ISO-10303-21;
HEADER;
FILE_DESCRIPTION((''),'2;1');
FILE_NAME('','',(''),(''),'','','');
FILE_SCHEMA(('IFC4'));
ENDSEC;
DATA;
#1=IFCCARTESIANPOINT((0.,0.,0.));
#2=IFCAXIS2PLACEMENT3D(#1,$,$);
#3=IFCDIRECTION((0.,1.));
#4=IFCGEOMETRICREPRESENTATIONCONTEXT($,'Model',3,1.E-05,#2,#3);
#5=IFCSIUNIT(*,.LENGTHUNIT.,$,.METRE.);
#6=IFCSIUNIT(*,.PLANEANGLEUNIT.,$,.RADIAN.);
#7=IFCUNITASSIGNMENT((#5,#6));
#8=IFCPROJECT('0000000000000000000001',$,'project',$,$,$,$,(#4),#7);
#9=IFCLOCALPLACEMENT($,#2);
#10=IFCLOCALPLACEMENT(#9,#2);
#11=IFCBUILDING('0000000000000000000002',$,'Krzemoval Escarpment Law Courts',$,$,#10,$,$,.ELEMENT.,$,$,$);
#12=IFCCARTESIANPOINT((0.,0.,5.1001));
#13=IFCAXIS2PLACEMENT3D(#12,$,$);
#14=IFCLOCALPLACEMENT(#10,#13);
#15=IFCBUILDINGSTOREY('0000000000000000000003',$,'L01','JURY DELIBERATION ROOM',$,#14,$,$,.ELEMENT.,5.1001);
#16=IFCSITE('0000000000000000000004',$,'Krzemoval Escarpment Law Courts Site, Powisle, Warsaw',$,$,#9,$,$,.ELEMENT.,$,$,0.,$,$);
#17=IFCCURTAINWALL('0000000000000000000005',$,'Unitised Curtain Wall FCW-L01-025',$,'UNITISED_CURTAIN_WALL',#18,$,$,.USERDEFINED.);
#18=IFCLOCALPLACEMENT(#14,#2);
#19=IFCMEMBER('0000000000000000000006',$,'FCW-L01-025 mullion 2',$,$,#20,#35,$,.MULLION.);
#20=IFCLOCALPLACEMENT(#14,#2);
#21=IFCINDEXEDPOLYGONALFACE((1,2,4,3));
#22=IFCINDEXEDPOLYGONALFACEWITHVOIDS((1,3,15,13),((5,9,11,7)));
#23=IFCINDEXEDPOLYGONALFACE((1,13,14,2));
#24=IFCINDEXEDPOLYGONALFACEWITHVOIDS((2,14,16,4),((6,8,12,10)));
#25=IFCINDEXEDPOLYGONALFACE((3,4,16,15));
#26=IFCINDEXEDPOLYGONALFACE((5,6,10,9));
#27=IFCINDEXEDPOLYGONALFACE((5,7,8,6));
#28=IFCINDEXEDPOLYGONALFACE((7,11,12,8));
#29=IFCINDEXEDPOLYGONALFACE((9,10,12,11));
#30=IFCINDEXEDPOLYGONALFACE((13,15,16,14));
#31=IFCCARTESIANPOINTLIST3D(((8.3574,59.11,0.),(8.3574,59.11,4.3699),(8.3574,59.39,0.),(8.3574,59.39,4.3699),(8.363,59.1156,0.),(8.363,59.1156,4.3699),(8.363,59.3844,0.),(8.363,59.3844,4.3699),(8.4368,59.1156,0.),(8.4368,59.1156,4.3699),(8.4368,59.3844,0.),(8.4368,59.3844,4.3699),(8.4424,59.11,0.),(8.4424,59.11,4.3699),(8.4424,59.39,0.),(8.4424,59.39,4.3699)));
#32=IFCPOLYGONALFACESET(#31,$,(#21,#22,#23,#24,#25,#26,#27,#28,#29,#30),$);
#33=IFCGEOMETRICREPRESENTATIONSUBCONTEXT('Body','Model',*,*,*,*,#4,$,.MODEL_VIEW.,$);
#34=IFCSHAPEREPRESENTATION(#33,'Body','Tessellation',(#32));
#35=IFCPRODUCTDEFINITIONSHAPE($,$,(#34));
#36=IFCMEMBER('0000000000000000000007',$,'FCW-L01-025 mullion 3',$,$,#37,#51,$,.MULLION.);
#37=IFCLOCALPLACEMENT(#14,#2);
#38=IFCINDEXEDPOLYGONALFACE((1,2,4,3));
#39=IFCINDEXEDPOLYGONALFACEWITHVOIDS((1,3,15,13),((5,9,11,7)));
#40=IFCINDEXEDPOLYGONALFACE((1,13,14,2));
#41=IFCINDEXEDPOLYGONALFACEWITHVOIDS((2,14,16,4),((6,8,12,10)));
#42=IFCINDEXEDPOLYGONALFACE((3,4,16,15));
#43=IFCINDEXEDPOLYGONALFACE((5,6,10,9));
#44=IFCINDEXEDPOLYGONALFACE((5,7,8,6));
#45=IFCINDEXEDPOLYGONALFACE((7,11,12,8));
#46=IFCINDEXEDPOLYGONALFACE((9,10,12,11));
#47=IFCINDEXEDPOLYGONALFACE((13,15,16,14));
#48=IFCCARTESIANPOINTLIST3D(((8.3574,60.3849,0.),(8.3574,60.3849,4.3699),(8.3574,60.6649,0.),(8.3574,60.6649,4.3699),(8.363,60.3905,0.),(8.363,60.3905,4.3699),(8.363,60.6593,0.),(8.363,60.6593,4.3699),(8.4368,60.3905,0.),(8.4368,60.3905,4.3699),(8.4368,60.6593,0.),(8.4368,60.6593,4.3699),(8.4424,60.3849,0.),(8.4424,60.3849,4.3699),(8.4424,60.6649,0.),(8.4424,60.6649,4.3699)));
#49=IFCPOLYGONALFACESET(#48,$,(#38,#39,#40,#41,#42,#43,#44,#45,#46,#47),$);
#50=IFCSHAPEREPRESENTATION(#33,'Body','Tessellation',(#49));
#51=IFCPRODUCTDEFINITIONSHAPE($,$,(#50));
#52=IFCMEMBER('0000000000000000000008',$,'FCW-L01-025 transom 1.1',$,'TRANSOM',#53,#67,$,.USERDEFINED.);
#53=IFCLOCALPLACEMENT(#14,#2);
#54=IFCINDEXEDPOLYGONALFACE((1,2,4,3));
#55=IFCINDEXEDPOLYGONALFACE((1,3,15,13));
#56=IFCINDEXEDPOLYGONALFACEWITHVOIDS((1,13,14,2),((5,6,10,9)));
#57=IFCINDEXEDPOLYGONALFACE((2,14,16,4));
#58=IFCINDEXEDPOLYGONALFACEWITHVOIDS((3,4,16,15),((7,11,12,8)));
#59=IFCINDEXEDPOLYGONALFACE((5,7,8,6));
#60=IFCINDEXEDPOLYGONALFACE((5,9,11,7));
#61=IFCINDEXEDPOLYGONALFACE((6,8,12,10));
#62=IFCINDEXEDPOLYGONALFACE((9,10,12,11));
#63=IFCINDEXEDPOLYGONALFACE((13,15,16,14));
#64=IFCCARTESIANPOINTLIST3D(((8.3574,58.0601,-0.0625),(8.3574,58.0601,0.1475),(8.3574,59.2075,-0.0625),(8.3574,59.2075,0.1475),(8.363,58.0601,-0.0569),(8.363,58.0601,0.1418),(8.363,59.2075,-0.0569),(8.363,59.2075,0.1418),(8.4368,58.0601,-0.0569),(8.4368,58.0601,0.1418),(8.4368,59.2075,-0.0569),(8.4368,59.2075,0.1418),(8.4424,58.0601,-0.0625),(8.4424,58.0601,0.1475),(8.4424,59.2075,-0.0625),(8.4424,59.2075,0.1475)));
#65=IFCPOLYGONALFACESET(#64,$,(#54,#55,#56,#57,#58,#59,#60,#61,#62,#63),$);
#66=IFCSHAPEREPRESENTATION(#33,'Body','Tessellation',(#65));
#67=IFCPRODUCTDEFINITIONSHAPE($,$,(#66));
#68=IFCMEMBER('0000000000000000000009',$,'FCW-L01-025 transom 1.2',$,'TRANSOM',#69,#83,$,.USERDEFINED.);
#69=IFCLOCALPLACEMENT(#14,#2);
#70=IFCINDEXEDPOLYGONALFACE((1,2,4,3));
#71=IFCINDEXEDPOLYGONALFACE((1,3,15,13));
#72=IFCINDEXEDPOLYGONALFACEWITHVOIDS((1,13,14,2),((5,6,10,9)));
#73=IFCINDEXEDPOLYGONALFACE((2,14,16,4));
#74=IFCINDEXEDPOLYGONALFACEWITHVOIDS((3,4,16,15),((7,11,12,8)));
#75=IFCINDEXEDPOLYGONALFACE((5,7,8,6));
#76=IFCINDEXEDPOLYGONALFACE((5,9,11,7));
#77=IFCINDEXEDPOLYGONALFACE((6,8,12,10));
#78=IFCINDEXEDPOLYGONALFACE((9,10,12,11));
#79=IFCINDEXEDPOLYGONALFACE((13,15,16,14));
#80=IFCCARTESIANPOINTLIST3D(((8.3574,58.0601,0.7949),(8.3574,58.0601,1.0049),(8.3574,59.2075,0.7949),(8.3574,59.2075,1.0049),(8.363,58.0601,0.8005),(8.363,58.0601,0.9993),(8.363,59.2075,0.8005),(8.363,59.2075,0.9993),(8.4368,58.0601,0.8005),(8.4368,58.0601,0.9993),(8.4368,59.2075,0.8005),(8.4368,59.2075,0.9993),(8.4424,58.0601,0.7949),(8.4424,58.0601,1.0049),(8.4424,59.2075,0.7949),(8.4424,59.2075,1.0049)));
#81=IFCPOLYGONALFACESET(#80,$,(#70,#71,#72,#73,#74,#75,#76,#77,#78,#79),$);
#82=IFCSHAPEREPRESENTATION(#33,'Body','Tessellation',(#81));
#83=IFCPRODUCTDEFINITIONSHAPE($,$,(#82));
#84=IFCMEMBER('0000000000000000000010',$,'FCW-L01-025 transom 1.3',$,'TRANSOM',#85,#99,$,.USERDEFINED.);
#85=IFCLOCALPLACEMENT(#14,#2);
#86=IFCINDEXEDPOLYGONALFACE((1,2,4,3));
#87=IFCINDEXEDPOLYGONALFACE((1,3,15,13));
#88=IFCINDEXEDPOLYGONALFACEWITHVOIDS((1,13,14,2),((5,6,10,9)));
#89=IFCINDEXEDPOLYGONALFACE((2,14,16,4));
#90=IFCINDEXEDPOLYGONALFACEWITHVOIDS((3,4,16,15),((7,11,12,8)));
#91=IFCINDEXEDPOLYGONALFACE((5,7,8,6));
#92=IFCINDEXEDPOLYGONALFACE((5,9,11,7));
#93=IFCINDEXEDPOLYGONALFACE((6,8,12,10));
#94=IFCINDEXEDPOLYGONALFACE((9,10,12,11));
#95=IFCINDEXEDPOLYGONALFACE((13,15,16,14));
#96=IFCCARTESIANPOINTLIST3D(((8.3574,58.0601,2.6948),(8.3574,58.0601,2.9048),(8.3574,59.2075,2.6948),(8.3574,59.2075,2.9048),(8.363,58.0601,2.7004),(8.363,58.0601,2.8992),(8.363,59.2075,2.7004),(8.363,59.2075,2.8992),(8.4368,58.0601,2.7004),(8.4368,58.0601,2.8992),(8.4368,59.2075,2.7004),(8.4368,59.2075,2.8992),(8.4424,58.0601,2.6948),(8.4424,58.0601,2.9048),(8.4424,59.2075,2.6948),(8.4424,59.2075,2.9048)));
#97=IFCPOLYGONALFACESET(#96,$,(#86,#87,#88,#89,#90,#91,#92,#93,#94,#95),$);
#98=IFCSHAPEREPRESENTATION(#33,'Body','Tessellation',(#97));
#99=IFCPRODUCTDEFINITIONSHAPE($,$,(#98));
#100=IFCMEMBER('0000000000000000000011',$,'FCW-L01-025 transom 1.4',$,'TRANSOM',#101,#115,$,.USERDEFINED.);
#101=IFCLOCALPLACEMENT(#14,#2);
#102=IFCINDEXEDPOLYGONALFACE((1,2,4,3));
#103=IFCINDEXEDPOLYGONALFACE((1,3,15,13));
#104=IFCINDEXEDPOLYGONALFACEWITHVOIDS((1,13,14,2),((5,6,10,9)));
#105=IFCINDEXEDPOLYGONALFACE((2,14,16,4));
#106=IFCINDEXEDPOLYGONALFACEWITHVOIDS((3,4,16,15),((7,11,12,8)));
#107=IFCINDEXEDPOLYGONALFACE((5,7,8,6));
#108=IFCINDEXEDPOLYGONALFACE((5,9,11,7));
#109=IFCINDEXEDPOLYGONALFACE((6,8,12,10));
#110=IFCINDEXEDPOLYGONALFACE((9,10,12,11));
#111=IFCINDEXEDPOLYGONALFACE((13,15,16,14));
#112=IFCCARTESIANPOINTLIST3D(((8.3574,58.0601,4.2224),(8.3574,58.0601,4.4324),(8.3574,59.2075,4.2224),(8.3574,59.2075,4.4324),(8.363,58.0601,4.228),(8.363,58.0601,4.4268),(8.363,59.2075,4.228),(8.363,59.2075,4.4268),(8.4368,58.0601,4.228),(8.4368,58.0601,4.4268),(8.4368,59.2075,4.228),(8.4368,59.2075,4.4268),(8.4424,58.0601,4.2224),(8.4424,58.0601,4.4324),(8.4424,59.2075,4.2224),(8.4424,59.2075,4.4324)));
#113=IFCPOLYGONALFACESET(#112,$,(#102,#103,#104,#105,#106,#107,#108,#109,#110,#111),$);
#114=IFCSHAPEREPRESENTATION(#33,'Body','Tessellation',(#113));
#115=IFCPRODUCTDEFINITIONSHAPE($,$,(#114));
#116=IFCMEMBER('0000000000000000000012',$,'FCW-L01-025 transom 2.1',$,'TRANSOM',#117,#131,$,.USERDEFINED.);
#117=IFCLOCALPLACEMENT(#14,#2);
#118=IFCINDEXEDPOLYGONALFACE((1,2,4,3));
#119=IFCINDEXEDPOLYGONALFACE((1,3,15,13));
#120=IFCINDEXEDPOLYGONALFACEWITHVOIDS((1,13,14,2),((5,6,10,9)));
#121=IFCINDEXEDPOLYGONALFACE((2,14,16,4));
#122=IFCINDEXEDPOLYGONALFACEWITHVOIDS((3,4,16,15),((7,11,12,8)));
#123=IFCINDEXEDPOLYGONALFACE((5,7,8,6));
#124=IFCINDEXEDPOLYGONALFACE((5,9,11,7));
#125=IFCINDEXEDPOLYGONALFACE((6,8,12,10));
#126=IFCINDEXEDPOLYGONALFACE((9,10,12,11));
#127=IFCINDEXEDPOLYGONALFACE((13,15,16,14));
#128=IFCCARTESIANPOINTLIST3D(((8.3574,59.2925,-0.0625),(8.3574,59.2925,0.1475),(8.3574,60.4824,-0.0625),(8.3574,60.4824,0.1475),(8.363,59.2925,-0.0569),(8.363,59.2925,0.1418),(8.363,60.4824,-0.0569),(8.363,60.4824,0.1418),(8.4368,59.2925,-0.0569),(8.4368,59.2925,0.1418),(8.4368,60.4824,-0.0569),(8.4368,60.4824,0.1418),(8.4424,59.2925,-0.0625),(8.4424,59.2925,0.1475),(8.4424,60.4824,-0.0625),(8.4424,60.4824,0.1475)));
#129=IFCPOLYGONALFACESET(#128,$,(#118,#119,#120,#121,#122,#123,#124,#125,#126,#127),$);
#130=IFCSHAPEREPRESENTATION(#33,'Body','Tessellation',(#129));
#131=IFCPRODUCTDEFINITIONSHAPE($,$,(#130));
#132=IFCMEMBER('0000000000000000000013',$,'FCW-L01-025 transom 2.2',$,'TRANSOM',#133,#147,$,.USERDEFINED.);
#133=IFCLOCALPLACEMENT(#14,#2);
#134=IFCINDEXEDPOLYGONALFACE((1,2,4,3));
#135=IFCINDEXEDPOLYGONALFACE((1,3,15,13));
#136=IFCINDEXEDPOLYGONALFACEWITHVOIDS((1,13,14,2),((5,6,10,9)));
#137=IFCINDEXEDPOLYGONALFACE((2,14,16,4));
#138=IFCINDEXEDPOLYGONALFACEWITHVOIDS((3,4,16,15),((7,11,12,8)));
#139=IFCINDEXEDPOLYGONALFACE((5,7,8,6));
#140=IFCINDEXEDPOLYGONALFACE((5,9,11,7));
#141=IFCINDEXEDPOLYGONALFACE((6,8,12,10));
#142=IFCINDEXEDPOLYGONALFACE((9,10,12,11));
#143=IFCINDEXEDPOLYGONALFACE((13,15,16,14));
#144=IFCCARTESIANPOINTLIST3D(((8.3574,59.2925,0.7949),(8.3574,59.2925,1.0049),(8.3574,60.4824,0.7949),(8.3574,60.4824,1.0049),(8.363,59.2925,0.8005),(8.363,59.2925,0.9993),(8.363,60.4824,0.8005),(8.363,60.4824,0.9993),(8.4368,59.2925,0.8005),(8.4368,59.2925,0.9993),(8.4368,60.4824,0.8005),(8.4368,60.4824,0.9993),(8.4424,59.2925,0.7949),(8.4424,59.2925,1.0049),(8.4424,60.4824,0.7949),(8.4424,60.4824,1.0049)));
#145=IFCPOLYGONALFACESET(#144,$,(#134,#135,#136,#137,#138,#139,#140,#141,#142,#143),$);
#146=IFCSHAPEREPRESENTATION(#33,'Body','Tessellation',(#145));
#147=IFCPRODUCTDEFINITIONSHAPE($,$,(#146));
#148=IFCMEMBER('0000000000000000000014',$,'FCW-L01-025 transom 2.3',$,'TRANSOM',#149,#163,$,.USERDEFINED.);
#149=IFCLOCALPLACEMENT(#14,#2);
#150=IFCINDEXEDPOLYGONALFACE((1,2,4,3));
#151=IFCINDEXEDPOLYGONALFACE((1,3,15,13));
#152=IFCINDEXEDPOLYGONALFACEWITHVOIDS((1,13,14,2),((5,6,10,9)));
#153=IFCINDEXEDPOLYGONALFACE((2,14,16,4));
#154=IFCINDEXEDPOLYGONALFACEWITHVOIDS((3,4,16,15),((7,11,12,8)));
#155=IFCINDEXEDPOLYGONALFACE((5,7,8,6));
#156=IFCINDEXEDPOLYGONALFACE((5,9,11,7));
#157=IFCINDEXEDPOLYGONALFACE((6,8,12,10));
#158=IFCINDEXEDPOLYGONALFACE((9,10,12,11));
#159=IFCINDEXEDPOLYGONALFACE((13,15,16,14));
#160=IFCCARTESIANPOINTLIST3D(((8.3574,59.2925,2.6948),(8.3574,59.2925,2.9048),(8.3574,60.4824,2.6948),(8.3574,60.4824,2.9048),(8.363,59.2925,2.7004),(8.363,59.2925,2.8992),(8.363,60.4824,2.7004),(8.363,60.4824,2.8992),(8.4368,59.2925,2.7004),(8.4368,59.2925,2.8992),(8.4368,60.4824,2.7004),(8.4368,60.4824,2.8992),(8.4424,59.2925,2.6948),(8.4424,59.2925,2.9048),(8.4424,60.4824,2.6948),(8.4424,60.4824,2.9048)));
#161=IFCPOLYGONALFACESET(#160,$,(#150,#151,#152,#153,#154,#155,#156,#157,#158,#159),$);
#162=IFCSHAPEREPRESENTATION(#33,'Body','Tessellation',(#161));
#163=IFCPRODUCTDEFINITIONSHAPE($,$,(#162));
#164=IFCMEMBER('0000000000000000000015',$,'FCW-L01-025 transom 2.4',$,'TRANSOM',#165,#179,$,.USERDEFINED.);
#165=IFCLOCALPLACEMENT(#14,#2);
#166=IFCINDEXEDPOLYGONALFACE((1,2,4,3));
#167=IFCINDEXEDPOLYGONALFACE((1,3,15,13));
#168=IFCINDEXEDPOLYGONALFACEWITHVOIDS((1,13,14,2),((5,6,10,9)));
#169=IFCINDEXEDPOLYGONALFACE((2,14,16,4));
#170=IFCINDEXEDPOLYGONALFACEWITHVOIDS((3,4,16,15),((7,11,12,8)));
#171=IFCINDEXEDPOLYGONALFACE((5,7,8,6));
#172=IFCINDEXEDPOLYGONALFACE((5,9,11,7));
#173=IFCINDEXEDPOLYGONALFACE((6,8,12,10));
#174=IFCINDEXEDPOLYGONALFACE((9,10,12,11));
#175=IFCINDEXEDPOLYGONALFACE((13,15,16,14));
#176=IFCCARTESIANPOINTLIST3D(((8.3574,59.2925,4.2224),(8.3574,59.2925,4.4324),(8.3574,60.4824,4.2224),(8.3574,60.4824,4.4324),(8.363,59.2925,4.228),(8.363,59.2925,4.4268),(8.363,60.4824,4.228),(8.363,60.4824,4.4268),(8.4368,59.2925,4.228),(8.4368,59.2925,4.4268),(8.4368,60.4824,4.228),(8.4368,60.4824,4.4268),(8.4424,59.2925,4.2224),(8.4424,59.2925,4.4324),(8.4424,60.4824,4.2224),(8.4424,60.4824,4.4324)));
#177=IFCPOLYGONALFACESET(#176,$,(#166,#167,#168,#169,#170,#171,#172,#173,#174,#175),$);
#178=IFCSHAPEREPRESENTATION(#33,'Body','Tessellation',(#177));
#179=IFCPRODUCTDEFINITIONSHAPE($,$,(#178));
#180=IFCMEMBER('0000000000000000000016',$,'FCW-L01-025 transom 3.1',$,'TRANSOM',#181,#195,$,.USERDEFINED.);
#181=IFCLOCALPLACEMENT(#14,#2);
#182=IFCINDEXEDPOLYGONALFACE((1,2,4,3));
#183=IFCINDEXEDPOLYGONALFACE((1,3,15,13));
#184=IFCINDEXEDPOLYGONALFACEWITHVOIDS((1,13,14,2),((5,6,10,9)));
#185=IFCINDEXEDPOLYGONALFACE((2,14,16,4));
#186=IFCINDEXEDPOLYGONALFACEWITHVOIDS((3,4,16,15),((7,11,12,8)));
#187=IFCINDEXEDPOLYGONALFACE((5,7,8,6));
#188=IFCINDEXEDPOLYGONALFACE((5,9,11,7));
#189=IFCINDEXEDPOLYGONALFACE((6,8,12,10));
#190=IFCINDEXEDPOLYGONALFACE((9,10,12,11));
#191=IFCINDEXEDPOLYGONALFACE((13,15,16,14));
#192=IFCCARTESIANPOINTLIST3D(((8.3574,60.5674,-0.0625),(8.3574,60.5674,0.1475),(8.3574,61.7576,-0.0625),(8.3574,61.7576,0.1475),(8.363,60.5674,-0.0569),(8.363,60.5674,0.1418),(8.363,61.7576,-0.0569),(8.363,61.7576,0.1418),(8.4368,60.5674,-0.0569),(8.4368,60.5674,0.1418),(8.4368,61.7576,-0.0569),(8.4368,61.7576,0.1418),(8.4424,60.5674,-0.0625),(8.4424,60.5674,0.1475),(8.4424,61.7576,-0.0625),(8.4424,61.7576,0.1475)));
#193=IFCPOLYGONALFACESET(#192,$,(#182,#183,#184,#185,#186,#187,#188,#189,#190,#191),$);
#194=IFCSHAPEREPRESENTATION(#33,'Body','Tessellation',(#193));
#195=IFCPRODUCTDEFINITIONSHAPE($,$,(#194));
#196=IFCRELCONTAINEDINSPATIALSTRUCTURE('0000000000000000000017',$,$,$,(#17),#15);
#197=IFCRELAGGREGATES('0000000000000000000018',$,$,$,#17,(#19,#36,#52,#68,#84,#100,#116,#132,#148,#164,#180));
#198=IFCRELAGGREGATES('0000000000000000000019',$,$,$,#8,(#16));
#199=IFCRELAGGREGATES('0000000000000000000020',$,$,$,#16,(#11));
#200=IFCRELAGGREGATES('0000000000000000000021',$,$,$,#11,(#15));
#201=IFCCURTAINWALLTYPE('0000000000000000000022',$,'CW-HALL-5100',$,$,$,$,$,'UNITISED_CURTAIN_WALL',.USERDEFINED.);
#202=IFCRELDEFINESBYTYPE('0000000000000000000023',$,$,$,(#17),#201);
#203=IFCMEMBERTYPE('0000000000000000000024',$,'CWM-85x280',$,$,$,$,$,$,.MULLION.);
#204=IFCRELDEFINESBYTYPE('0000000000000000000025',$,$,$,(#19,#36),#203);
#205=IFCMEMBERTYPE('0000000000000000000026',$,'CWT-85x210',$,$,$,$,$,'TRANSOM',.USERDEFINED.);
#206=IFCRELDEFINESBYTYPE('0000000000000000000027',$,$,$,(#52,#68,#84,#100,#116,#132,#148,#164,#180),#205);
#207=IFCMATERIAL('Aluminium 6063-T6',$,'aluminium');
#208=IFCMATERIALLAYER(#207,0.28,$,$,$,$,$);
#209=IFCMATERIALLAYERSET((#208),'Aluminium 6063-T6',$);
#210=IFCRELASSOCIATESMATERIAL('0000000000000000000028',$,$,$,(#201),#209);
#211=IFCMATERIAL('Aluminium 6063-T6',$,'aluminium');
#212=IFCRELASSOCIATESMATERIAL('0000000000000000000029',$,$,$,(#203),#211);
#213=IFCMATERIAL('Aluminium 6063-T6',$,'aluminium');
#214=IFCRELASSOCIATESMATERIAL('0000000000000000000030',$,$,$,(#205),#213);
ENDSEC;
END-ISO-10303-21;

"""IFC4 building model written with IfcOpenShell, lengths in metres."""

from ifc_helpers import new_model, si_unit, direction, frame, origin, origin_2d, place, context, subcontext, project, spatial, hollow_rectangle, extrude, material, layer, layer_set, material_profile, profile_set, type_object, element, aggregate, save


model = new_model("IFC4")

# Units and contexts
model_context = context("Model", 3, precision=1e-05, world=origin(), true_north=direction((0.0, 1.0)))
body_context = subcontext(model_context, "Body", "Model", "MODEL_VIEW")
ifc_project = project(units=[si_unit("LENGTHUNIT", "METRE"), si_unit("PLANEANGLEUNIT", "RADIAN")], contexts=[model_context])

# Site, building, storey
site_placement = place(None, origin())
site = spatial("IfcSite", under=ifc_project, at=site_placement, Name="Krzemoval Escarpment Law Courts Site, Powisle, Warsaw", CompositionType="ELEMENT", RefElevation=0.0)
building_placement = place(site_placement, origin())
building = spatial("IfcBuilding", under=site, at=building_placement, Name="Krzemoval Escarpment Law Courts", CompositionType="ELEMENT")
storey_placement = place(building_placement, frame((0.0, 0.0, 5.1001)))
storey = spatial("IfcBuildingStorey", under=building, at=storey_placement, Name="L01", Description="JURY DELIBERATION ROOM", CompositionType="ELEMENT", Elevation=5.1001)

# Curtain wall, members
ifc_material_1 = material(Name="Aluminium 6063-T6", Category="aluminium")
ifc_layer_1 = layer(ifc_material_1, 0.28)
ifc_layer_set_1 = layer_set([ifc_layer_1], Name="Aluminium 6063-T6")
curtain_wall_type = type_object("IfcCurtainWallType", Name="CW-HALL-5100", ElementType="UNITISED_CURTAIN_WALL", PredefinedType="USERDEFINED", material=ifc_layer_set_1)
curtain_wall_placement = place(storey_placement, origin())
curtain_wall = element("IfcCurtainWall", 1, at=curtain_wall_placement, inside=storey, type_object=curtain_wall_type, Name="Unitised Curtain Wall FCW-L01-025", ObjectType="UNITISED_CURTAIN_WALL", PredefinedType="USERDEFINED")
ifc_material_2 = material(Name="Aluminium 6063-T6", Category="aluminium")
ifc_material_profile_1 = material_profile(ifc_material_2, hollow_rectangle(XDim=0.085, YDim=0.28, WallThickness=0.0056, at=origin_2d()), Name="ALU M85x280")
ifc_profile_set_1 = profile_set([ifc_material_profile_1], Name="Aluminium 6063-T6")
member_type_1 = type_object("IfcMemberType", Name="CWM-85x280", PredefinedType="MULLION", material=ifc_profile_set_1)
member_1_placement = place(storey_placement, frame((8.3999, 59.25, 0.0), z_axis=(0.0, 0.0, 1.0), x_axis=(-1.0, 0.0, 0.0)))
member_1 = element("IfcMember", 2, at=member_1_placement, type_object=member_type_1, Name="FCW-L01-025 mullion 2", PredefinedType="MULLION", context=body_context, shape_type="SweptSolid", body=[
    extrude(hollow_rectangle(XDim=0.085, YDim=0.28, WallThickness=0.0056, at=origin_2d()), origin(), (0.0, 0.0, 1.0), 4.3699),
])
member_2_placement = place(storey_placement, frame((8.3999, 60.5249, 0.0), z_axis=(0.0, 0.0, 1.0), x_axis=(-1.0, 0.0, 0.0)))
member_2 = element("IfcMember", 3, at=member_2_placement, type_object=member_type_1, Name="FCW-L01-025 mullion 3", PredefinedType="MULLION", context=body_context, shape_type="SweptSolid", body=[
    extrude(hollow_rectangle(XDim=0.085, YDim=0.28, WallThickness=0.0056, at=origin_2d()), origin(), (0.0, 0.0, 1.0), 4.3699),
])
ifc_material_3 = material(Name="Aluminium 6063-T6", Category="aluminium")
ifc_material_profile_2 = material_profile(ifc_material_3, hollow_rectangle(XDim=0.085, YDim=0.21, WallThickness=0.0056, at=origin_2d()), Name="ALU T85x210")
ifc_profile_set_2 = profile_set([ifc_material_profile_2], Name="Aluminium 6063-T6")
member_type_2 = type_object("IfcMemberType", Name="CWT-85x210", ElementType="TRANSOM", PredefinedType="USERDEFINED", material=ifc_profile_set_2)
member_3_placement = place(storey_placement, frame((8.3999, 58.0601, 0.0425), z_axis=(0.0, 1.0, 0.0), x_axis=(-1.0, 0.0, 0.0)))
member_3 = element("IfcMember", 4, at=member_3_placement, type_object=member_type_2, Name="FCW-L01-025 transom 1.1", ObjectType="TRANSOM", PredefinedType="USERDEFINED", context=body_context, shape_type="SweptSolid", body=[
    extrude(hollow_rectangle(XDim=0.085, YDim=0.21, WallThickness=0.0056, at=origin_2d()), origin(), (0.0, 0.0, 1.0), 1.1475),
])
member_4_placement = place(storey_placement, frame((8.3999, 58.0601, 0.8999), z_axis=(0.0, 1.0, 0.0), x_axis=(-1.0, 0.0, 0.0)))
member_4 = element("IfcMember", 5, at=member_4_placement, type_object=member_type_2, Name="FCW-L01-025 transom 1.2", ObjectType="TRANSOM", PredefinedType="USERDEFINED", context=body_context, shape_type="SweptSolid", body=[
    extrude(hollow_rectangle(XDim=0.085, YDim=0.21, WallThickness=0.0056, at=origin_2d()), origin(), (0.0, 0.0, 1.0), 1.1475),
])
member_5_placement = place(storey_placement, frame((8.3999, 58.0601, 2.7998), z_axis=(0.0, 1.0, 0.0), x_axis=(-1.0, 0.0, 0.0)))
member_5 = element("IfcMember", 6, at=member_5_placement, type_object=member_type_2, Name="FCW-L01-025 transom 1.3", ObjectType="TRANSOM", PredefinedType="USERDEFINED", context=body_context, shape_type="SweptSolid", body=[
    extrude(hollow_rectangle(XDim=0.085, YDim=0.21, WallThickness=0.0056, at=origin_2d()), origin(), (0.0, 0.0, 1.0), 1.1475),
])
member_6_placement = place(storey_placement, frame((8.3999, 58.0601, 4.3274), z_axis=(0.0, 1.0, 0.0), x_axis=(-1.0, 0.0, 0.0)))
member_6 = element("IfcMember", 7, at=member_6_placement, type_object=member_type_2, Name="FCW-L01-025 transom 1.4", ObjectType="TRANSOM", PredefinedType="USERDEFINED", context=body_context, shape_type="SweptSolid", body=[
    extrude(hollow_rectangle(XDim=0.085, YDim=0.21, WallThickness=0.0056, at=origin_2d()), origin(), (0.0, 0.0, 1.0), 1.1475),
])
member_7_placement = place(storey_placement, frame((8.3999, 59.2925, 0.0425), z_axis=(0.0, 1.0, 0.0), x_axis=(-1.0, 0.0, 0.0)))
member_7 = element("IfcMember", 8, at=member_7_placement, type_object=member_type_2, Name="FCW-L01-025 transom 2.1", ObjectType="TRANSOM", PredefinedType="USERDEFINED", context=body_context, shape_type="SweptSolid", body=[
    extrude(hollow_rectangle(XDim=0.085, YDim=0.21, WallThickness=0.0056, at=origin_2d()), origin(), (0.0, 0.0, 1.0), 1.1899),
])
member_8_placement = place(storey_placement, frame((8.3999, 59.2925, 0.8999), z_axis=(0.0, 1.0, 0.0), x_axis=(-1.0, 0.0, 0.0)))
member_8 = element("IfcMember", 9, at=member_8_placement, type_object=member_type_2, Name="FCW-L01-025 transom 2.2", ObjectType="TRANSOM", PredefinedType="USERDEFINED", context=body_context, shape_type="SweptSolid", body=[
    extrude(hollow_rectangle(XDim=0.085, YDim=0.21, WallThickness=0.0056, at=origin_2d()), origin(), (0.0, 0.0, 1.0), 1.1899),
])
member_9_placement = place(storey_placement, frame((8.3999, 59.2925, 2.7998), z_axis=(0.0, 1.0, 0.0), x_axis=(-1.0, 0.0, 0.0)))
member_9 = element("IfcMember", 10, at=member_9_placement, type_object=member_type_2, Name="FCW-L01-025 transom 2.3", ObjectType="TRANSOM", PredefinedType="USERDEFINED", context=body_context, shape_type="SweptSolid", body=[
    extrude(hollow_rectangle(XDim=0.085, YDim=0.21, WallThickness=0.0056, at=origin_2d()), origin(), (0.0, 0.0, 1.0), 1.1899),
])
member_10_placement = place(storey_placement, frame((8.3999, 59.2925, 4.3274), z_axis=(0.0, 1.0, 0.0), x_axis=(-1.0, 0.0, 0.0)))
member_10 = element("IfcMember", 11, at=member_10_placement, type_object=member_type_2, Name="FCW-L01-025 transom 2.4", ObjectType="TRANSOM", PredefinedType="USERDEFINED", context=body_context, shape_type="SweptSolid", body=[
    extrude(hollow_rectangle(XDim=0.085, YDim=0.21, WallThickness=0.0056, at=origin_2d()), origin(), (0.0, 0.0, 1.0), 1.1899),
])
member_11_placement = place(storey_placement, frame((8.3999, 60.5674, 0.0425), z_axis=(0.0, 1.0, 0.0), x_axis=(-1.0, 0.0, 0.0)))
member_11 = element("IfcMember", 12, at=member_11_placement, type_object=member_type_2, Name="FCW-L01-025 transom 3.1", ObjectType="TRANSOM", PredefinedType="USERDEFINED", context=body_context, shape_type="SweptSolid", body=[
    extrude(hollow_rectangle(XDim=0.085, YDim=0.21, WallThickness=0.0056, at=origin_2d()), origin(), (0.0, 0.0, 1.0), 1.1902),
])

aggregate(curtain_wall, [member_1, member_2, member_3, member_4, member_5, member_6, member_7, member_8, member_9, member_10, member_11])

save(model, "model.ifc")
